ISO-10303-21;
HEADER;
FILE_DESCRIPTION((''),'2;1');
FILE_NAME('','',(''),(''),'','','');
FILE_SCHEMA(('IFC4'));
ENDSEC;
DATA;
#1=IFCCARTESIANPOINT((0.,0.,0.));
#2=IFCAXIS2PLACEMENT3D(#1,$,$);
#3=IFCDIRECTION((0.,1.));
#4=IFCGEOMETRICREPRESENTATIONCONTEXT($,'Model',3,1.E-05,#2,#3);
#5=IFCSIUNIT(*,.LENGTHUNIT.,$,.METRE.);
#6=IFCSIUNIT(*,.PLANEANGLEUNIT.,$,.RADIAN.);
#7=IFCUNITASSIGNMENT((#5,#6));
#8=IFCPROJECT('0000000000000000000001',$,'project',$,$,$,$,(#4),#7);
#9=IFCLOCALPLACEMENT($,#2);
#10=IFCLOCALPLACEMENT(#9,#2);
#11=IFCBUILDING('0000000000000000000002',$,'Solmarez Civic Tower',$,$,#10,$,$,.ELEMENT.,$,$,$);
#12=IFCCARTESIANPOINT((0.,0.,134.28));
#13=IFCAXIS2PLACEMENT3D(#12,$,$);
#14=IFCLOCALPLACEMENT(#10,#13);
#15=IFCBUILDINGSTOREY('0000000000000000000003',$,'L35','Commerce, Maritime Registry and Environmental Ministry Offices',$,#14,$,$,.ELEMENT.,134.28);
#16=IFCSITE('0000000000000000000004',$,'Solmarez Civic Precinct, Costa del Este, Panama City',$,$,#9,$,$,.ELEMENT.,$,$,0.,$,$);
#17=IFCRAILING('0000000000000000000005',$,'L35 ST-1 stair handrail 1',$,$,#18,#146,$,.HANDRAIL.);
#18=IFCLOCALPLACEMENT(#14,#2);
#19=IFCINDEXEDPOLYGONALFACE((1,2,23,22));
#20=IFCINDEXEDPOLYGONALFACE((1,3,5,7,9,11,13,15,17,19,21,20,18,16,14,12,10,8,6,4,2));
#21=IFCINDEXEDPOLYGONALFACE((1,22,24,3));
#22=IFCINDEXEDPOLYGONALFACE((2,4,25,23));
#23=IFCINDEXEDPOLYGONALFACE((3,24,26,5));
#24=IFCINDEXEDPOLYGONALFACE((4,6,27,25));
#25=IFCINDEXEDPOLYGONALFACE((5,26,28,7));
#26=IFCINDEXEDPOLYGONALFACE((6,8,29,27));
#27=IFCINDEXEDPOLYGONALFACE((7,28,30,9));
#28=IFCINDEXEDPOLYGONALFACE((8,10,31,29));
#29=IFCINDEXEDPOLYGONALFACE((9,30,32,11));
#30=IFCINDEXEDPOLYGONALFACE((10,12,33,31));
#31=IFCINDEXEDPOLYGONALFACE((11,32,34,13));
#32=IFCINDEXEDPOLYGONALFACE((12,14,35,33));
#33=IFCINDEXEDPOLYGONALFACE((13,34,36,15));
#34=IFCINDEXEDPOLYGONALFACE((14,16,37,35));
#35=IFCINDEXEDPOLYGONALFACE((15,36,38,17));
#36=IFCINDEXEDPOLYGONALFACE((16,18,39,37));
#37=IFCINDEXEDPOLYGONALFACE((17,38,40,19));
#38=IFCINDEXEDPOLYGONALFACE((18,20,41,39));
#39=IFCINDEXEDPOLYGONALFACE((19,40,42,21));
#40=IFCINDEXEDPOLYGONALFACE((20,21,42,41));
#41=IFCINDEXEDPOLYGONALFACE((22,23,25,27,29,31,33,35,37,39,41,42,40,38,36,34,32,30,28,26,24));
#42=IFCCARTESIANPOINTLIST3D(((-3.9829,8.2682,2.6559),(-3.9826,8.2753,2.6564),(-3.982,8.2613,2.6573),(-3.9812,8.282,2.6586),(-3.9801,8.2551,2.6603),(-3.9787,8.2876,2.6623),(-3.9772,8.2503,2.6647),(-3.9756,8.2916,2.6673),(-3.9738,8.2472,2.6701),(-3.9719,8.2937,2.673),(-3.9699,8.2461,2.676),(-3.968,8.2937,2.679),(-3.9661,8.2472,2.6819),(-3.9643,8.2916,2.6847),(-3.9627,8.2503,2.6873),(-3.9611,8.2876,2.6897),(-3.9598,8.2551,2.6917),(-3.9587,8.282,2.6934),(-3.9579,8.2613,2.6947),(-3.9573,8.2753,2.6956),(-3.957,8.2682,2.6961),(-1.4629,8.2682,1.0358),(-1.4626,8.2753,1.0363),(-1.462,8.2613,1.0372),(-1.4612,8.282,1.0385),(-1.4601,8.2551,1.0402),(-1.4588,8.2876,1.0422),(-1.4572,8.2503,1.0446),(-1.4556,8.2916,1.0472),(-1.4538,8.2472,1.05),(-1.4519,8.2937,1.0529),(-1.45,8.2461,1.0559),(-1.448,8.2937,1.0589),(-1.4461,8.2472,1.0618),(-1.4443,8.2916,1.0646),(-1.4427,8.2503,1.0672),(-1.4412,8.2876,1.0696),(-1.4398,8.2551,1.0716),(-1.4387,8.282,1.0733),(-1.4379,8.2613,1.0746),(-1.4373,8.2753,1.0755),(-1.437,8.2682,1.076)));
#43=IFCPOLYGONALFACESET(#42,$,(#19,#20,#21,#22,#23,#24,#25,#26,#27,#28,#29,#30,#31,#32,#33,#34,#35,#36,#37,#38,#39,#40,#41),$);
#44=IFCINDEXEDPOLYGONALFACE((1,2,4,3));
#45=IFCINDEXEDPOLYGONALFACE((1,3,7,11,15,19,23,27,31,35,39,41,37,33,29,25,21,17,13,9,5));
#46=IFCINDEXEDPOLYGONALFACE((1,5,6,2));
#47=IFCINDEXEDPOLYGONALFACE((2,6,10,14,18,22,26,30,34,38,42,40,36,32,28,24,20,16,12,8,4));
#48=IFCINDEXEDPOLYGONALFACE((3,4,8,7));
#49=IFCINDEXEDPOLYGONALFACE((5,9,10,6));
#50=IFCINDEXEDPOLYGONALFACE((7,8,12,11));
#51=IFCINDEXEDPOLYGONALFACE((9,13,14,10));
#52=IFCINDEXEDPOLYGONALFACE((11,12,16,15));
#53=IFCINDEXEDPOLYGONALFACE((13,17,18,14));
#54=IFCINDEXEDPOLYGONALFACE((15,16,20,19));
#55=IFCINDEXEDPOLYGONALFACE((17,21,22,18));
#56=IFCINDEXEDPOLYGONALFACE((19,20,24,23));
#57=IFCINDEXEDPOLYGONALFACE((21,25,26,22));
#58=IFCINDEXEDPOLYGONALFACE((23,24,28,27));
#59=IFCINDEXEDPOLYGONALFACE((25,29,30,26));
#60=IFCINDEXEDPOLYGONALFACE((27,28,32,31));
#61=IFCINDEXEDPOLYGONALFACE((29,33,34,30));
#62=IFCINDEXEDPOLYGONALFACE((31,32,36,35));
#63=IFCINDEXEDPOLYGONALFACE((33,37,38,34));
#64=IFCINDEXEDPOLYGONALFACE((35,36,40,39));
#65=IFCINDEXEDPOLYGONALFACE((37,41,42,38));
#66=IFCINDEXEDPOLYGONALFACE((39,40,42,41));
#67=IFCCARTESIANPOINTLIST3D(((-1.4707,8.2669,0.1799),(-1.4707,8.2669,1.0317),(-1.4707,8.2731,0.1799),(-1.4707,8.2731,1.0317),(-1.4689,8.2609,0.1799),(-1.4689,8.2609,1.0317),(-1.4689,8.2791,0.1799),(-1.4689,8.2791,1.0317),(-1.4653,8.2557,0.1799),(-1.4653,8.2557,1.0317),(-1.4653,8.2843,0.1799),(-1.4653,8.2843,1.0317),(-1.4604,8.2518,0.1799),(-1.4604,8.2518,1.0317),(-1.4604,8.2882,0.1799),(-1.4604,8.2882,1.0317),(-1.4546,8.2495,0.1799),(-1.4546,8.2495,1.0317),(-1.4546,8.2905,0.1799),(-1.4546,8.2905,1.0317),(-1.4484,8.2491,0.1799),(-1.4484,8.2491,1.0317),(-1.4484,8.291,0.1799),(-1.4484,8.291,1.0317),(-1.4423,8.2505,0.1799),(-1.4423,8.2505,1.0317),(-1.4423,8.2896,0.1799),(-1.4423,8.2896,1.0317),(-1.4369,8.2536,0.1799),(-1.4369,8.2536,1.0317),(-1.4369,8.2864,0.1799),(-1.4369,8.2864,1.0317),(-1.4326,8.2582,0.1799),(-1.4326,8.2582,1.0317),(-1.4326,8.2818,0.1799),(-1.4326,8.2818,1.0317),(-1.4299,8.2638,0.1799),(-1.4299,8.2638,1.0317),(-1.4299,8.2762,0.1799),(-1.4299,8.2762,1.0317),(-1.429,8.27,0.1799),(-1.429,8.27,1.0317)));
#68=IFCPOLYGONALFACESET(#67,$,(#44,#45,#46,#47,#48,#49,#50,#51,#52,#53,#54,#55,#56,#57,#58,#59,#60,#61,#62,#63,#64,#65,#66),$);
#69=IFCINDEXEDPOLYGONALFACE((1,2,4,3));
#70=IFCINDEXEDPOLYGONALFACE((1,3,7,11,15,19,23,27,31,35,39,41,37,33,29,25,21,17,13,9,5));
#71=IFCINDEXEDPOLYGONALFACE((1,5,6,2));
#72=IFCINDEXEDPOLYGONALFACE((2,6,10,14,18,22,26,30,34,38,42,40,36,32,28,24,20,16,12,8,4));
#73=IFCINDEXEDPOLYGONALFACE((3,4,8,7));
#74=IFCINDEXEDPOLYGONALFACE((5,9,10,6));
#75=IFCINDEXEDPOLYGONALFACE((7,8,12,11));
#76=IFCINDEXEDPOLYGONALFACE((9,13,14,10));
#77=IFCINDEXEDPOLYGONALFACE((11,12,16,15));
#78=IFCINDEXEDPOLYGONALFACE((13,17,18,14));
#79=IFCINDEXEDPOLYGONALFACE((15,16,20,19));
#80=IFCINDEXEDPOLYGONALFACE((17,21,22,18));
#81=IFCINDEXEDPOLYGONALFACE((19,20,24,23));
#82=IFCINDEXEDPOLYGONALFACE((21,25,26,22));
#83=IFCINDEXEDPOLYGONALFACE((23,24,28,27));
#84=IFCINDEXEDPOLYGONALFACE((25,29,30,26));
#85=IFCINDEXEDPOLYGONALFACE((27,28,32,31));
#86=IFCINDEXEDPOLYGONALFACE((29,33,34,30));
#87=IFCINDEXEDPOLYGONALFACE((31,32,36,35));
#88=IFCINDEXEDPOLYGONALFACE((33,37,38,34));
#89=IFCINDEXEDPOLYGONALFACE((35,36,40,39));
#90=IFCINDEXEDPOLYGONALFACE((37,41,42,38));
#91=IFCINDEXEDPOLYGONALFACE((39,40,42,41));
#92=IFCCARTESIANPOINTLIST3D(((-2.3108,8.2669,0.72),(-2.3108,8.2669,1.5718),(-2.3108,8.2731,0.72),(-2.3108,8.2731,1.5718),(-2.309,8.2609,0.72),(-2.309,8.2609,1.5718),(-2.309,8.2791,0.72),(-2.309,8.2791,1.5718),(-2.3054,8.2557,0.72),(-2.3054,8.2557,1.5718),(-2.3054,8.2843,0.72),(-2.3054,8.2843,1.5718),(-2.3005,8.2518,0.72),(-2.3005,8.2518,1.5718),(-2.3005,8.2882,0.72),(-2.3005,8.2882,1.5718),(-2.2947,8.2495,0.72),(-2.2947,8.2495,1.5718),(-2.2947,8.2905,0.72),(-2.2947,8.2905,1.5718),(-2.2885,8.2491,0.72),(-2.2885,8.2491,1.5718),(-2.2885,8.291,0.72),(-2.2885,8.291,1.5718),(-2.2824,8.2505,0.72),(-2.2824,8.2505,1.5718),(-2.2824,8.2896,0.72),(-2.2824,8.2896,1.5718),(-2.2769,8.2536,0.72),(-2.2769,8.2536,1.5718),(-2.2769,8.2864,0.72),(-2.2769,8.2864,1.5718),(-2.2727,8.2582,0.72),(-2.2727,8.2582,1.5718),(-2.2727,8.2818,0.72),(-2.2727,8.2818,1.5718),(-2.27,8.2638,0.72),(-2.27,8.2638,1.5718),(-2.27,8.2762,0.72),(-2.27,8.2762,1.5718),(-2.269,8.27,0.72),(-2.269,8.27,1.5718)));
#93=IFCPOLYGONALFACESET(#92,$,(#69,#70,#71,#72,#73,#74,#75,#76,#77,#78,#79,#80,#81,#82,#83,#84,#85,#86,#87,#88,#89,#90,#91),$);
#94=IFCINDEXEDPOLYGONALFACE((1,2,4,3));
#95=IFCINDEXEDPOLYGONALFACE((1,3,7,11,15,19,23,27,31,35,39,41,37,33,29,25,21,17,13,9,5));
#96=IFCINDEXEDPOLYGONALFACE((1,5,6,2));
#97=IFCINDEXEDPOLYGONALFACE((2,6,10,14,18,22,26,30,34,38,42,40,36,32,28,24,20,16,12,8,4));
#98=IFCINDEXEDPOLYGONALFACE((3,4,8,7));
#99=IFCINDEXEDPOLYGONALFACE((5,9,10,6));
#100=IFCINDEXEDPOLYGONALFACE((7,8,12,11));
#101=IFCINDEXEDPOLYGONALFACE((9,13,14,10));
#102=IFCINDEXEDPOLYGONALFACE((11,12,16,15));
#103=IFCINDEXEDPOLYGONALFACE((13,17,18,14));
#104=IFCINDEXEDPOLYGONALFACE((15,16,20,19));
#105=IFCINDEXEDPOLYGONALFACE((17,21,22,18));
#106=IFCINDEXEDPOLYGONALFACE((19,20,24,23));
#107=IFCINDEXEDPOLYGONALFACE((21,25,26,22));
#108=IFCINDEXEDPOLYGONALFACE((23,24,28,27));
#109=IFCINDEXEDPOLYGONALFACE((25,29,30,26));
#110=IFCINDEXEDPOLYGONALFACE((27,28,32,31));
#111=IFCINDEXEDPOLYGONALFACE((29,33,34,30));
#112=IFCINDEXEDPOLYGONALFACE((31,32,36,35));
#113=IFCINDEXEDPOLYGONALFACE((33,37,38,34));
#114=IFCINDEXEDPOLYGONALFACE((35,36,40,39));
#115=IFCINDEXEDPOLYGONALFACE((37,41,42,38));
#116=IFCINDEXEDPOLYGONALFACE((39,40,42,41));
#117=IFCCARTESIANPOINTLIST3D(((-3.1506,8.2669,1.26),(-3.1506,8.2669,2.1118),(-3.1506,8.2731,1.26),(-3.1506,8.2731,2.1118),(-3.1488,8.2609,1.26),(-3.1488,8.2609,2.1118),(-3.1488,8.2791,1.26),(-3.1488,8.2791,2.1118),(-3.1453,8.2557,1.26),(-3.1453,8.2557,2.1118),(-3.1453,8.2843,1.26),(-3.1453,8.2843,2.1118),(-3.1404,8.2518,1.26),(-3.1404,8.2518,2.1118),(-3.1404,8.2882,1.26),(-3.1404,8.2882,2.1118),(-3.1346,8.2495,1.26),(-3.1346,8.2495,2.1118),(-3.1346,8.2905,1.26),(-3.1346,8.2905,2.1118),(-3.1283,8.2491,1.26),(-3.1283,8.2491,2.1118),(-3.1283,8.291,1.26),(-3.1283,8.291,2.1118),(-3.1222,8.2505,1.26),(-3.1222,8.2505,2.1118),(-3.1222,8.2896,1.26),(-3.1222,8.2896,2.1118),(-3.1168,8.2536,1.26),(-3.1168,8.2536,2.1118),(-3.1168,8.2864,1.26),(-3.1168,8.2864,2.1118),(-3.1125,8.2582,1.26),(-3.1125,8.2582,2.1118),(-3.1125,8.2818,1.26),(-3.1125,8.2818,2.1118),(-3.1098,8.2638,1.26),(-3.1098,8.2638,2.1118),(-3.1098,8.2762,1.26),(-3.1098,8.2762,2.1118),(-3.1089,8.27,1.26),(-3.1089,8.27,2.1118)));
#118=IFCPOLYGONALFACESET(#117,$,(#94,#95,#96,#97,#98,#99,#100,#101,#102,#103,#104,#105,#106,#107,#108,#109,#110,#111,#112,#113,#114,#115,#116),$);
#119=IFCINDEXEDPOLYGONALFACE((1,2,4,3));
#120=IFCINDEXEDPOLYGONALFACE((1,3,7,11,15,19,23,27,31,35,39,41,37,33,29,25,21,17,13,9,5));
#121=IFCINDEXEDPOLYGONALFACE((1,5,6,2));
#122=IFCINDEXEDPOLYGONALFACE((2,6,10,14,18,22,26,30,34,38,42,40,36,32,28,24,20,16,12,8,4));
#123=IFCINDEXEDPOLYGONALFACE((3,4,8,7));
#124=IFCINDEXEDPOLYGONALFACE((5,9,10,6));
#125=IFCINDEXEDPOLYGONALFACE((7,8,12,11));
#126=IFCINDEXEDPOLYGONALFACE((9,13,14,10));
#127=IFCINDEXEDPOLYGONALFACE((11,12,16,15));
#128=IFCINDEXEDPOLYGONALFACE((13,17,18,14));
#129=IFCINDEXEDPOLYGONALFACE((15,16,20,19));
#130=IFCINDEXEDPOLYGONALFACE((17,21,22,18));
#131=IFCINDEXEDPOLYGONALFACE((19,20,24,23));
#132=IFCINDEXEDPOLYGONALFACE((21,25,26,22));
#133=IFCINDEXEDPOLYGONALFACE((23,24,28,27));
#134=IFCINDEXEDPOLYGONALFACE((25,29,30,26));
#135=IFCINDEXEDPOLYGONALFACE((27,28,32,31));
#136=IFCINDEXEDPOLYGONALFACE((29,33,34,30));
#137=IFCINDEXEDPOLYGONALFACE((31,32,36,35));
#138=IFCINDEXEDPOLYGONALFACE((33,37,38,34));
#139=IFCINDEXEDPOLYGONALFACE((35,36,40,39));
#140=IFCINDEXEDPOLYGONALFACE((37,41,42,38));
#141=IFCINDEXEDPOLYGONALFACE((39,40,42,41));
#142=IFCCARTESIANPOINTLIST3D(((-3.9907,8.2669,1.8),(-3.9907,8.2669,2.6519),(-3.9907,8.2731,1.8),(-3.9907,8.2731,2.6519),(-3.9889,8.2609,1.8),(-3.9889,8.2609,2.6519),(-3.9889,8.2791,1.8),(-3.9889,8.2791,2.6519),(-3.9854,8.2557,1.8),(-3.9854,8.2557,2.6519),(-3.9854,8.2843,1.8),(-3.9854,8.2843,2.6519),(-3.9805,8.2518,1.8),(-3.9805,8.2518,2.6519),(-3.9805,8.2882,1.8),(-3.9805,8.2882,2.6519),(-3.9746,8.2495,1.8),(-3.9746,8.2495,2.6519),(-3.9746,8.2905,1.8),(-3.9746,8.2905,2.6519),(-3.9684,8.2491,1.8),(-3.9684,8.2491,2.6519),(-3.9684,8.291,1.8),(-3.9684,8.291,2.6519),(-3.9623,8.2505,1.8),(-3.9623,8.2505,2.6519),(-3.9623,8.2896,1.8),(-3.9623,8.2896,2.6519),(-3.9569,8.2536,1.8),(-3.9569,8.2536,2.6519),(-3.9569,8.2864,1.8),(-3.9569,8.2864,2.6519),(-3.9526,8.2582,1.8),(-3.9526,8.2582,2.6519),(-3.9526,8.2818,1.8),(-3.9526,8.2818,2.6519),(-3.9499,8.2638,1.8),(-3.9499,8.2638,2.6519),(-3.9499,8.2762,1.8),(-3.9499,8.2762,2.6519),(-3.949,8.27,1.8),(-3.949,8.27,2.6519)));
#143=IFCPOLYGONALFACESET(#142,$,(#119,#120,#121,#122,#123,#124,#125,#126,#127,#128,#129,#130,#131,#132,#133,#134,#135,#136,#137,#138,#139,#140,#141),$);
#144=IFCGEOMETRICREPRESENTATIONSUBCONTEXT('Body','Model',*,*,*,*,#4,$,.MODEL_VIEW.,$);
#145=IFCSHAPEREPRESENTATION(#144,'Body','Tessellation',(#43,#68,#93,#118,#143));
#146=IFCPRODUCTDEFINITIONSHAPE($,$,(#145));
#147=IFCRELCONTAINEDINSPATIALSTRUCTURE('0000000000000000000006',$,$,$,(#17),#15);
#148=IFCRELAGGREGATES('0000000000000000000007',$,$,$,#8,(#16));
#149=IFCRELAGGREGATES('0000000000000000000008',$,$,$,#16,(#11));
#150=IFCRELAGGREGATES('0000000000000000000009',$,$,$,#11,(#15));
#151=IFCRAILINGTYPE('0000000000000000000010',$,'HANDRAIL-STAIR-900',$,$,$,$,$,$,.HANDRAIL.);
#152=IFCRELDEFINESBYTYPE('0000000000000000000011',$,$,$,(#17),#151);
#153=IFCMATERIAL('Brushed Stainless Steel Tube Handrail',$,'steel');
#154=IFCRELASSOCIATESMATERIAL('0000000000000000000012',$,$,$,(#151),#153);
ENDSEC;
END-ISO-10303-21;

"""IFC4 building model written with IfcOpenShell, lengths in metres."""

from ifc_helpers import new_model, si_unit, direction, frame, origin, origin_2d, place, context, subcontext, project, spatial, circle, extrude, material, type_object, element, save


model = new_model("IFC4")

# Units and contexts
model_context = context("Model", 3, precision=1e-05, world=origin(), true_north=direction((0.0, 1.0)))
body_context = subcontext(model_context, "Body", "Model", "MODEL_VIEW")
ifc_project = project(units=[si_unit("LENGTHUNIT", "METRE"), si_unit("PLANEANGLEUNIT", "RADIAN")], contexts=[model_context])

# Site, building, storey
site_placement = place(None, origin())
site = spatial("IfcSite", under=ifc_project, at=site_placement, Name="Solmarez Civic Precinct, Costa del Este, Panama City", CompositionType="ELEMENT", RefElevation=0.0)
building_placement = place(site_placement, origin())
building = spatial("IfcBuilding", under=site, at=building_placement, Name="Solmarez Civic Tower", CompositionType="ELEMENT")
storey_placement = place(building_placement, frame((0.0, 0.0, 134.28)))
storey = spatial("IfcBuildingStorey", under=building, at=storey_placement, Name="L35", Description="Commerce, Maritime Registry and Environmental Ministry Offices", CompositionType="ELEMENT", Elevation=134.28)

# Railing
ifc_material_1 = material(Name="Brushed Stainless Steel Tube Handrail", Category="steel")
railing_type = type_object("IfcRailingType", Name="HANDRAIL-STAIR-900", PredefinedType="HANDRAIL", material=ifc_material_1)
railing_placement = place(storey_placement, frame((-1.45, 8.27, 0.1799)))
element("IfcRailing", 1, at=railing_placement, inside=storey, type_object=railing_type, Name="L35 ST-1 stair handrail 1", PredefinedType="HANDRAIL", context=body_context, shape_type="SweptSolid", body=[
    extrude(circle(Radius=0.0239, at=origin_2d()), frame((0.0, 0.0, 0.876), z_axis=(-0.841163, 0.0, 0.540782), x_axis=(0.0, -1.0, 0.0)), (0.0, 0.0, 1.0), 2.9958),
    extrude(circle(Radius=0.021, at=origin_2d()), origin(), (0.0, 0.0, 1.0), 0.8518),
    extrude(circle(Radius=0.021, at=origin_2d()), frame((-0.8401, 0.0, 0.54)), (0.0, 0.0, 1.0), 0.8518),
    extrude(circle(Radius=0.021, at=origin_2d()), frame((-1.6799, 0.0, 1.0801)), (0.0, 0.0, 1.0), 0.8518),
    extrude(circle(Radius=0.021, at=origin_2d()), frame((-2.52, 0.0, 1.6201)), (0.0, 0.0, 1.0), 0.8518),
])

save(model, "model.ifc")
